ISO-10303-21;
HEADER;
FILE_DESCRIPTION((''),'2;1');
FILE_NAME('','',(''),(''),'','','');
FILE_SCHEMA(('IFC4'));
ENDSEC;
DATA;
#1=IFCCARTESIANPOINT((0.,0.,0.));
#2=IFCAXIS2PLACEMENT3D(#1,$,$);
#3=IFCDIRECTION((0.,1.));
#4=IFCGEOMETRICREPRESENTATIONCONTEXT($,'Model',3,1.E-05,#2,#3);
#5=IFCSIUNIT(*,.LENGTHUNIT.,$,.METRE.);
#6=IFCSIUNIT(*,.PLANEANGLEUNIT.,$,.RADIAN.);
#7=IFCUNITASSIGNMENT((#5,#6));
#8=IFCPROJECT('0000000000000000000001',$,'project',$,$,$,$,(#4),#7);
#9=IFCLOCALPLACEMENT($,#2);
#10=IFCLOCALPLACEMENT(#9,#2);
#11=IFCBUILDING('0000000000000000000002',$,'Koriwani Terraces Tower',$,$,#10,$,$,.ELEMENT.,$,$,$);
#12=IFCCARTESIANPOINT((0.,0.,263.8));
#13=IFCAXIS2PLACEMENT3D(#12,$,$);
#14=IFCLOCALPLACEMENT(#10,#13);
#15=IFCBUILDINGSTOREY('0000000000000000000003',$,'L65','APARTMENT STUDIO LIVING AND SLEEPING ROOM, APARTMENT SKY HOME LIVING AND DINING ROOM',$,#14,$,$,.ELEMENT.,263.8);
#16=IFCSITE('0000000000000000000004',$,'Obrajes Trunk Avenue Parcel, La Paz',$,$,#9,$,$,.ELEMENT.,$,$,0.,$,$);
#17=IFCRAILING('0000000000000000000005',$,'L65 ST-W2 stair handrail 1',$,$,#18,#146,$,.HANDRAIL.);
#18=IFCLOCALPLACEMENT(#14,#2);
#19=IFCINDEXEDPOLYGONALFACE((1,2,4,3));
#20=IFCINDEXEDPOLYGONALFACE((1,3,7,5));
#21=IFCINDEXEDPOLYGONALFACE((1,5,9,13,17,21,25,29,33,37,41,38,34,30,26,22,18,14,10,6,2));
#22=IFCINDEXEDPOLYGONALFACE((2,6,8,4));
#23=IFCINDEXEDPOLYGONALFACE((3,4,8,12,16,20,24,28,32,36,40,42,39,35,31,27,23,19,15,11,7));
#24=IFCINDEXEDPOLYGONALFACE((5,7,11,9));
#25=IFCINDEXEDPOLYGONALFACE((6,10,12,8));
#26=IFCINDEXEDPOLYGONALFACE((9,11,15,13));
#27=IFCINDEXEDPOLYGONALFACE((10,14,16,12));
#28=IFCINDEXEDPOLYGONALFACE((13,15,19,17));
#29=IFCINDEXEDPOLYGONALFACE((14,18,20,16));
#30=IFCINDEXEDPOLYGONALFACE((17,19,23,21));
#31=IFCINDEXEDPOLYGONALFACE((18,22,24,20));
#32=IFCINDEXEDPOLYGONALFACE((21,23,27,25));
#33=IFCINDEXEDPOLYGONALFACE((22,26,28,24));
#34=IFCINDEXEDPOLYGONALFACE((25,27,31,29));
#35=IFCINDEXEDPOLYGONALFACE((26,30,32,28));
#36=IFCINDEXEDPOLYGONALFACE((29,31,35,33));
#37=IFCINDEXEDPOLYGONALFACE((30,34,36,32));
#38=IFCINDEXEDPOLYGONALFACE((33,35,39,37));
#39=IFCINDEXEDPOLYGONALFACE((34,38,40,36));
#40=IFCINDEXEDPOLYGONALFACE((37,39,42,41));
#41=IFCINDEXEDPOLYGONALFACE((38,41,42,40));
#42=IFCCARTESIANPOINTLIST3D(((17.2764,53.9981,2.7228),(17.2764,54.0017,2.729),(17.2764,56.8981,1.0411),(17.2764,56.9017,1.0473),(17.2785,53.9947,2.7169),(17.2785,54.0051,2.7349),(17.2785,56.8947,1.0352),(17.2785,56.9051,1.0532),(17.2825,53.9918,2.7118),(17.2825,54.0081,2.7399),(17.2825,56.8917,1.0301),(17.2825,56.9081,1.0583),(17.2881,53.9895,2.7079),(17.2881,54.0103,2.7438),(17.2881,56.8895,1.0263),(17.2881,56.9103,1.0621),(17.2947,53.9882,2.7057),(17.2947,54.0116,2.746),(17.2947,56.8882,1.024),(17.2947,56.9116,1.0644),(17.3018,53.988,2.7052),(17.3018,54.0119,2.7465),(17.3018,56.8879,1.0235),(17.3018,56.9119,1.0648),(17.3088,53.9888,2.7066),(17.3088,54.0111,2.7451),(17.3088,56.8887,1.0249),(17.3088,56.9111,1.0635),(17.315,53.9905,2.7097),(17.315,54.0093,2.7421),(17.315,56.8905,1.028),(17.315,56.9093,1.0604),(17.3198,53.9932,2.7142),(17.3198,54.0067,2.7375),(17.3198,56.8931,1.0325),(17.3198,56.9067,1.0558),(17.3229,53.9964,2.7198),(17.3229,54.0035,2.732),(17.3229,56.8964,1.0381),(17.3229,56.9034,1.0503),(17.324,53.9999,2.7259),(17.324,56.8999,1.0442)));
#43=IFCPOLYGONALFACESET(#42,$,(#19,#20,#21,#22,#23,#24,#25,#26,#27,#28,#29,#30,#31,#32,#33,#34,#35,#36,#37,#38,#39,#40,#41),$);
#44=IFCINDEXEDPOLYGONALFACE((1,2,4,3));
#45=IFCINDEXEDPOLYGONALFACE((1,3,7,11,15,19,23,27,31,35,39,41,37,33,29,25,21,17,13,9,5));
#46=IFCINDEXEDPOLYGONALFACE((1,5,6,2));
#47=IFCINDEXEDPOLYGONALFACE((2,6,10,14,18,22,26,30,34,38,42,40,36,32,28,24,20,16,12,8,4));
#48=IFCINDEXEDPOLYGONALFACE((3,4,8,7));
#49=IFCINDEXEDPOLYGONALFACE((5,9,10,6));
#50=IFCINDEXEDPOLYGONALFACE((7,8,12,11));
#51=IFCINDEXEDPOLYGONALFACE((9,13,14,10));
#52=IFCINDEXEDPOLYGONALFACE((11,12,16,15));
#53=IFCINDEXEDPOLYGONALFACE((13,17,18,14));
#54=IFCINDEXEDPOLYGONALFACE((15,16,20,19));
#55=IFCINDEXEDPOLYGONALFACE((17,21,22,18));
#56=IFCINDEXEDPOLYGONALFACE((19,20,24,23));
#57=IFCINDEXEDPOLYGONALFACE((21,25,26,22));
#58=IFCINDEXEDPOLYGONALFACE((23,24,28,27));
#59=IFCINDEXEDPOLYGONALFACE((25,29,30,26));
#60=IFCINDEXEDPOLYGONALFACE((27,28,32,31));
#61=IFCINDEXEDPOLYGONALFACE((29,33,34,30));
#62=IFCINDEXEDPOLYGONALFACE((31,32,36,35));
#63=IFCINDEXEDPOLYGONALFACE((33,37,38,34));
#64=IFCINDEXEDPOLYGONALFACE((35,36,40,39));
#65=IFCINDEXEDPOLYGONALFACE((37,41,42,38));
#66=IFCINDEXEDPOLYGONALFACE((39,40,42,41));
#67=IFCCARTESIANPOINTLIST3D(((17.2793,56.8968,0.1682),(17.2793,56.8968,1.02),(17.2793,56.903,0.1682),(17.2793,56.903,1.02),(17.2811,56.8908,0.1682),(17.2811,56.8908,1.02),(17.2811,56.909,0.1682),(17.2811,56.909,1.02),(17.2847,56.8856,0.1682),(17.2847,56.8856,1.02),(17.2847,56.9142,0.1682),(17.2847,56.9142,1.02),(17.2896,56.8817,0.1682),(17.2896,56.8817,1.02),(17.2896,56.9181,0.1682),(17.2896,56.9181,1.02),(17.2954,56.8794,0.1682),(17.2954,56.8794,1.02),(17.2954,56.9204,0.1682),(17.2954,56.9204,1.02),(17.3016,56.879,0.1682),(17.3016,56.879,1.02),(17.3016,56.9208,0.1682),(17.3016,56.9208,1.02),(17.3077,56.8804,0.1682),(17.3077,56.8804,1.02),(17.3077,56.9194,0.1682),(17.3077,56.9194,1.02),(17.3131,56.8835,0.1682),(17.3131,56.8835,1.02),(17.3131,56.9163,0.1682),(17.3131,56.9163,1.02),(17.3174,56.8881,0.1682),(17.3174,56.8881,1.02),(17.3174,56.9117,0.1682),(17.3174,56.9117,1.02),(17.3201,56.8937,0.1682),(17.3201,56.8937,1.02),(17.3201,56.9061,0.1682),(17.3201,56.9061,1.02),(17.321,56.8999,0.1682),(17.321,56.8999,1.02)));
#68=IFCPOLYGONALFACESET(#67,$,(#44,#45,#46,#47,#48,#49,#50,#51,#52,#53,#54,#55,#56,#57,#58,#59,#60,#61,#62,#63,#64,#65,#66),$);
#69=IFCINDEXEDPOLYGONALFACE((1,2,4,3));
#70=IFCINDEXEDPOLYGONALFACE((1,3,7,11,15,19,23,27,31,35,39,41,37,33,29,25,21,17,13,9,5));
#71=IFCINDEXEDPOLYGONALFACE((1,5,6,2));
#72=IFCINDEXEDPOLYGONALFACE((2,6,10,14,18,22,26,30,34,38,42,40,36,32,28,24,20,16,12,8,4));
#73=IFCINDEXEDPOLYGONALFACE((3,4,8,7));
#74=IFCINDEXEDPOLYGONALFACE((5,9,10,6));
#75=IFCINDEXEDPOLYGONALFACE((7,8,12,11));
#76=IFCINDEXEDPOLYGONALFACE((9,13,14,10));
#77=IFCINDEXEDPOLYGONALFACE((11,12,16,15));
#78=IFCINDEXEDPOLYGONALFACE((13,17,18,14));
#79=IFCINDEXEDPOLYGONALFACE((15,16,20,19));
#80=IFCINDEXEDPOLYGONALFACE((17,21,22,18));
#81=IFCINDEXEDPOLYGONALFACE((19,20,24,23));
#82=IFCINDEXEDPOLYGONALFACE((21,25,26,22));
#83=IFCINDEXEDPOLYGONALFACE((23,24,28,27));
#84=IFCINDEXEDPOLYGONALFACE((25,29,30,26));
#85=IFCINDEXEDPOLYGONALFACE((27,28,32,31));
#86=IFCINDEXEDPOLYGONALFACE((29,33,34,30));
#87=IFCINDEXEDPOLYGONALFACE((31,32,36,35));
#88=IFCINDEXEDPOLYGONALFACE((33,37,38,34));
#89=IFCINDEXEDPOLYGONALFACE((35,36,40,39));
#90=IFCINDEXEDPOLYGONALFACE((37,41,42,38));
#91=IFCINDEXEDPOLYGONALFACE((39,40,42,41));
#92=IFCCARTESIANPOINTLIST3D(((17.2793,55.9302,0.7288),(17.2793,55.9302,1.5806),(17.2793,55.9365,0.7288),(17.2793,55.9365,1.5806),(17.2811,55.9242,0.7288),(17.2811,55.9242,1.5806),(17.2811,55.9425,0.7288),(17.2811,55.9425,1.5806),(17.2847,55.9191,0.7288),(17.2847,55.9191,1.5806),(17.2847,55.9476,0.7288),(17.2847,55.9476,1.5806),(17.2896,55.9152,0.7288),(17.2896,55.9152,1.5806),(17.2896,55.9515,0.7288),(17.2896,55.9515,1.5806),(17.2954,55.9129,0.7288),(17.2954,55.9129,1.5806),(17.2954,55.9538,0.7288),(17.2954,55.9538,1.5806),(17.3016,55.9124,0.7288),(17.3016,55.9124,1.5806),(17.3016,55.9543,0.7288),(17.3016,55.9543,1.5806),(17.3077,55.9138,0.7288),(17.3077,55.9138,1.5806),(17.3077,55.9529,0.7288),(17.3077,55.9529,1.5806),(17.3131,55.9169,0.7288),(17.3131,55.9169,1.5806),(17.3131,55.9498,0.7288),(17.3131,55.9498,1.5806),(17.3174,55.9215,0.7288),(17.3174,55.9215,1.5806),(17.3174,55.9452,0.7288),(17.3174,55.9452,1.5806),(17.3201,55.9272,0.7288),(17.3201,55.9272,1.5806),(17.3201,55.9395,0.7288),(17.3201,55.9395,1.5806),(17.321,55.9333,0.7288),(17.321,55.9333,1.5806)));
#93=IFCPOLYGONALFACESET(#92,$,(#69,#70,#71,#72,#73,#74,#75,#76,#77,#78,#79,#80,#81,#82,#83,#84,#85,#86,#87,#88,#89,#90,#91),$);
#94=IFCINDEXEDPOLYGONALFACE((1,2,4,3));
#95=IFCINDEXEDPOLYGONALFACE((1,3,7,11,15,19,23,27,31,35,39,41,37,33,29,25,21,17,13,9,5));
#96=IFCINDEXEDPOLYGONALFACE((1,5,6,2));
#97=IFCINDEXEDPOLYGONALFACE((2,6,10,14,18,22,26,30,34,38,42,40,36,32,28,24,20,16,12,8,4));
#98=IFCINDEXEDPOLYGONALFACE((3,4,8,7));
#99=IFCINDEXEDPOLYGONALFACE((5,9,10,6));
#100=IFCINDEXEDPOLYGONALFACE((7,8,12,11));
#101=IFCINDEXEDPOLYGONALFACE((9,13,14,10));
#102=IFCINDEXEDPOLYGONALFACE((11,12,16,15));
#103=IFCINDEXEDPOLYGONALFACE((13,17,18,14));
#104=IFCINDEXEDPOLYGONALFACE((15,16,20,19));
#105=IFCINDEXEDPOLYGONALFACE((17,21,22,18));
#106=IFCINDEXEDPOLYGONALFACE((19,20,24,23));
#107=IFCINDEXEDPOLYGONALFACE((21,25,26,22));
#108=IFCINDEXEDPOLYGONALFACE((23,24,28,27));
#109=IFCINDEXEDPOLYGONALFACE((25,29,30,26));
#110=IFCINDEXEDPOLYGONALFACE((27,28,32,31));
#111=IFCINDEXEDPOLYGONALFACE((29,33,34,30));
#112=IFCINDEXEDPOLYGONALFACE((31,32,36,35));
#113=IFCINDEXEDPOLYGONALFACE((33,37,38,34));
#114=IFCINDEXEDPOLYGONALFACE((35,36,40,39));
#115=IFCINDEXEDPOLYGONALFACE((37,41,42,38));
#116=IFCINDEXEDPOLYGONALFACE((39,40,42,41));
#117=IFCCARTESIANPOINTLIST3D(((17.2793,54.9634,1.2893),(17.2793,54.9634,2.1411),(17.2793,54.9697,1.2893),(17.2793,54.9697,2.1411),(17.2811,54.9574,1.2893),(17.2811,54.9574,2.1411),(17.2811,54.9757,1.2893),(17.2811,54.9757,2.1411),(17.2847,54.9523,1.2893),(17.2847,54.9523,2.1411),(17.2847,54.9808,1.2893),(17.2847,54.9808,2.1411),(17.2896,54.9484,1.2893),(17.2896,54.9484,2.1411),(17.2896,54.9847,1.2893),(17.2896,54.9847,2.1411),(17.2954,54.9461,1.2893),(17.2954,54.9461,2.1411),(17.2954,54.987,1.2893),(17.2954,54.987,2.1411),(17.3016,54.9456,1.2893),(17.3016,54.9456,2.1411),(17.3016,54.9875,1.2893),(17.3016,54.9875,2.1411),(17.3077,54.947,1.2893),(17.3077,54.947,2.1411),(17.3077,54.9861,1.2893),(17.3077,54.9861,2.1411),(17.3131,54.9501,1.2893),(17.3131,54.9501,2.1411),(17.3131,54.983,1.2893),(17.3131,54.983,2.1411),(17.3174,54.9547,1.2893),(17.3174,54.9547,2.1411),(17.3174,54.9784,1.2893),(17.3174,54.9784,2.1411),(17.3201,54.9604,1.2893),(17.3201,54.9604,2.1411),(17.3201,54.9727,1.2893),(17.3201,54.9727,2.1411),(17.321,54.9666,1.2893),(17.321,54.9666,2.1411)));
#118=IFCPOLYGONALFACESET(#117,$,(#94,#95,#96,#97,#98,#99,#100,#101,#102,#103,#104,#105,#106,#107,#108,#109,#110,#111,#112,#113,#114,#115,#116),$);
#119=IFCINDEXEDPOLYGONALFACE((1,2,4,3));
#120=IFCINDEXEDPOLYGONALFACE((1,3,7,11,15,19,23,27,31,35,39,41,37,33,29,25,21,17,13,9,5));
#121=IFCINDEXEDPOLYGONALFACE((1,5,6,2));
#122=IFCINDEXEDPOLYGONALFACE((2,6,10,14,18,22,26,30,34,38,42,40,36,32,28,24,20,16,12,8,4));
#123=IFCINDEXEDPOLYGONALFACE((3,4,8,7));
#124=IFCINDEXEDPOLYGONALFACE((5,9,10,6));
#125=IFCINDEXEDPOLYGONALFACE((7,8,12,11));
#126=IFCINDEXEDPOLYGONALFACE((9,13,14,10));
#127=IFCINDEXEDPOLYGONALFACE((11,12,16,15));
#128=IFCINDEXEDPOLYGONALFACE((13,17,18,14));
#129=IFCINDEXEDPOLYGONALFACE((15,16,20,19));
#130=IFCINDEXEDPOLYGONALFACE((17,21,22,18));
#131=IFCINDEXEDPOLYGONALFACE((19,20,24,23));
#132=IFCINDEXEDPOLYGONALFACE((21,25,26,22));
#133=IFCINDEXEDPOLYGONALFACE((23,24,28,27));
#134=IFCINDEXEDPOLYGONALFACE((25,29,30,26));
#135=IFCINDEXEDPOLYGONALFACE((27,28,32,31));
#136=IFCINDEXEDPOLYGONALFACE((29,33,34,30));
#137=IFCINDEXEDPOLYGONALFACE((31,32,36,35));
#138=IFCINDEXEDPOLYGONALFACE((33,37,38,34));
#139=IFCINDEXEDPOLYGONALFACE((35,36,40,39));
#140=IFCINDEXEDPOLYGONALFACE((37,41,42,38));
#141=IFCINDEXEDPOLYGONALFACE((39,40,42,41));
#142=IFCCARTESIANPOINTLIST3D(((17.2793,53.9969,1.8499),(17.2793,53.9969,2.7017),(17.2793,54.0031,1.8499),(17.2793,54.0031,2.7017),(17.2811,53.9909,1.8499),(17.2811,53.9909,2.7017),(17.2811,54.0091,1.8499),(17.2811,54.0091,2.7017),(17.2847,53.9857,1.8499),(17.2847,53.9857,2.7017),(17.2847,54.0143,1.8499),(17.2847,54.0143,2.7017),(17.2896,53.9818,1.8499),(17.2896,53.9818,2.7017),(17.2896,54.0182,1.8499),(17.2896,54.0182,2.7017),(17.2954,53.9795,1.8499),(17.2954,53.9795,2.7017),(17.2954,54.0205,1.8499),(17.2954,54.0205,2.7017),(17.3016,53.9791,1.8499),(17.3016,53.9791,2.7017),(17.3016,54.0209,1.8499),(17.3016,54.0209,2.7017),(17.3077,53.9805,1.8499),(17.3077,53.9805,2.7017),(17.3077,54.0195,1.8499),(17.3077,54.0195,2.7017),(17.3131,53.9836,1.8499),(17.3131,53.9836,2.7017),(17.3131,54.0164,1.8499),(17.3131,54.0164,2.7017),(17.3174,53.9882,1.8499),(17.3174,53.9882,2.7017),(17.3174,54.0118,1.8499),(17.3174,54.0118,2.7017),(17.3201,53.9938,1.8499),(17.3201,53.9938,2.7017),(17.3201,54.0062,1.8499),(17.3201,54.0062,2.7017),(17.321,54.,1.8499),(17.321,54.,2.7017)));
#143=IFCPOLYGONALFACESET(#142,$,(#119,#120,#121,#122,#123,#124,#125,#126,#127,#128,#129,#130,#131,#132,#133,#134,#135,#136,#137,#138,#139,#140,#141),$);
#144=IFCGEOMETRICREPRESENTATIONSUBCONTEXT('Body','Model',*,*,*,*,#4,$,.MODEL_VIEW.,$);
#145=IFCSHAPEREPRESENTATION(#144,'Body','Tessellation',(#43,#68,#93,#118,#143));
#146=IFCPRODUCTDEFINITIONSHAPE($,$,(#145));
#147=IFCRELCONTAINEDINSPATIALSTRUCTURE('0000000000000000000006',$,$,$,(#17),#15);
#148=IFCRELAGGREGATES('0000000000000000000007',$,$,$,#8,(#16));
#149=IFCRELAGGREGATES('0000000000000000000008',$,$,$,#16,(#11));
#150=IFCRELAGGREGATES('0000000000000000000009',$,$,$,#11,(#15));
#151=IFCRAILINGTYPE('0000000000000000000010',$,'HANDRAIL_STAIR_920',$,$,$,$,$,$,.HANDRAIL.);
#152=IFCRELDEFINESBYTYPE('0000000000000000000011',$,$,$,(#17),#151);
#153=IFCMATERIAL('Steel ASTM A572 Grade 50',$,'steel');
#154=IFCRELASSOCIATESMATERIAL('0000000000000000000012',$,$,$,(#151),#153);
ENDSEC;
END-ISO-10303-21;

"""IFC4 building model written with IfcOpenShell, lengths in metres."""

from ifc_helpers import new_model, si_unit, direction, frame, origin, origin_2d, place, context, subcontext, project, spatial, circle, extrude, material, type_object, element, save


model = new_model("IFC4")

# Units and contexts
model_context = context("Model", 3, precision=1e-05, world=origin(), true_north=direction((0.0, 1.0)))
body_context = subcontext(model_context, "Body", "Model", "MODEL_VIEW")
ifc_project = project(units=[si_unit("LENGTHUNIT", "METRE"), si_unit("PLANEANGLEUNIT", "RADIAN")], contexts=[model_context])

# Site, building, storey
site_placement = place(None, origin())
site = spatial("IfcSite", under=ifc_project, at=site_placement, Name="Obrajes Trunk Avenue Parcel, La Paz", CompositionType="ELEMENT", RefElevation=0.0)
building_placement = place(site_placement, origin())
building = spatial("IfcBuilding", under=site, at=building_placement, Name="Koriwani Terraces Tower", CompositionType="ELEMENT")
storey_placement = place(building_placement, frame((0.0, 0.0, 263.8)))
storey = spatial("IfcBuildingStorey", under=building, at=storey_placement, Name="L65", Description="APARTMENT STUDIO LIVING AND SLEEPING ROOM, APARTMENT SKY HOME LIVING AND DINING ROOM", CompositionType="ELEMENT", Elevation=263.8)

# Shared definitions
ifc_material_1 = material(Name="Steel ASTM A572 Grade 50", Category="steel")

# Railing
railing_type_1 = type_object("IfcRailingType", Name="HANDRAIL_STAIR_920", PredefinedType="HANDRAIL", material=ifc_material_1)
railing_1_placement = place(storey_placement, frame((17.3, 56.8999, 0.1682)))
element("IfcRailing", 1, at=railing_1_placement, inside=storey, type_object=railing_type_1, Name="L65 ST-W2 stair handrail 1", PredefinedType="HANDRAIL", context=body_context, shape_type="SweptSolid", body=[
    extrude(circle(Radius=0.0239, at=origin_2d()), frame((0.0, 0.0, 0.876), z_axis=(0.0, -0.86507, 0.501651), x_axis=(1.0, 0.0, 0.0)), (0.0, 0.0, 1.0), 3.3523),
    extrude(circle(Radius=0.021, at=origin_2d()), origin(), (0.0, 0.0, 1.0), 0.8518),
    extrude(circle(Radius=0.021, at=origin_2d()), frame((0.0, -0.9666, 0.5605)), (0.0, 0.0, 1.0), 0.8518),
    extrude(circle(Radius=0.021, at=origin_2d()), frame((0.0, -1.9333, 1.1211)), (0.0, 0.0, 1.0), 0.8518),
    extrude(circle(Radius=0.021, at=origin_2d()), frame((0.0, -2.8999, 1.6816)), (0.0, 0.0, 1.0), 0.8518),
])

save(model, "model.ifc")
